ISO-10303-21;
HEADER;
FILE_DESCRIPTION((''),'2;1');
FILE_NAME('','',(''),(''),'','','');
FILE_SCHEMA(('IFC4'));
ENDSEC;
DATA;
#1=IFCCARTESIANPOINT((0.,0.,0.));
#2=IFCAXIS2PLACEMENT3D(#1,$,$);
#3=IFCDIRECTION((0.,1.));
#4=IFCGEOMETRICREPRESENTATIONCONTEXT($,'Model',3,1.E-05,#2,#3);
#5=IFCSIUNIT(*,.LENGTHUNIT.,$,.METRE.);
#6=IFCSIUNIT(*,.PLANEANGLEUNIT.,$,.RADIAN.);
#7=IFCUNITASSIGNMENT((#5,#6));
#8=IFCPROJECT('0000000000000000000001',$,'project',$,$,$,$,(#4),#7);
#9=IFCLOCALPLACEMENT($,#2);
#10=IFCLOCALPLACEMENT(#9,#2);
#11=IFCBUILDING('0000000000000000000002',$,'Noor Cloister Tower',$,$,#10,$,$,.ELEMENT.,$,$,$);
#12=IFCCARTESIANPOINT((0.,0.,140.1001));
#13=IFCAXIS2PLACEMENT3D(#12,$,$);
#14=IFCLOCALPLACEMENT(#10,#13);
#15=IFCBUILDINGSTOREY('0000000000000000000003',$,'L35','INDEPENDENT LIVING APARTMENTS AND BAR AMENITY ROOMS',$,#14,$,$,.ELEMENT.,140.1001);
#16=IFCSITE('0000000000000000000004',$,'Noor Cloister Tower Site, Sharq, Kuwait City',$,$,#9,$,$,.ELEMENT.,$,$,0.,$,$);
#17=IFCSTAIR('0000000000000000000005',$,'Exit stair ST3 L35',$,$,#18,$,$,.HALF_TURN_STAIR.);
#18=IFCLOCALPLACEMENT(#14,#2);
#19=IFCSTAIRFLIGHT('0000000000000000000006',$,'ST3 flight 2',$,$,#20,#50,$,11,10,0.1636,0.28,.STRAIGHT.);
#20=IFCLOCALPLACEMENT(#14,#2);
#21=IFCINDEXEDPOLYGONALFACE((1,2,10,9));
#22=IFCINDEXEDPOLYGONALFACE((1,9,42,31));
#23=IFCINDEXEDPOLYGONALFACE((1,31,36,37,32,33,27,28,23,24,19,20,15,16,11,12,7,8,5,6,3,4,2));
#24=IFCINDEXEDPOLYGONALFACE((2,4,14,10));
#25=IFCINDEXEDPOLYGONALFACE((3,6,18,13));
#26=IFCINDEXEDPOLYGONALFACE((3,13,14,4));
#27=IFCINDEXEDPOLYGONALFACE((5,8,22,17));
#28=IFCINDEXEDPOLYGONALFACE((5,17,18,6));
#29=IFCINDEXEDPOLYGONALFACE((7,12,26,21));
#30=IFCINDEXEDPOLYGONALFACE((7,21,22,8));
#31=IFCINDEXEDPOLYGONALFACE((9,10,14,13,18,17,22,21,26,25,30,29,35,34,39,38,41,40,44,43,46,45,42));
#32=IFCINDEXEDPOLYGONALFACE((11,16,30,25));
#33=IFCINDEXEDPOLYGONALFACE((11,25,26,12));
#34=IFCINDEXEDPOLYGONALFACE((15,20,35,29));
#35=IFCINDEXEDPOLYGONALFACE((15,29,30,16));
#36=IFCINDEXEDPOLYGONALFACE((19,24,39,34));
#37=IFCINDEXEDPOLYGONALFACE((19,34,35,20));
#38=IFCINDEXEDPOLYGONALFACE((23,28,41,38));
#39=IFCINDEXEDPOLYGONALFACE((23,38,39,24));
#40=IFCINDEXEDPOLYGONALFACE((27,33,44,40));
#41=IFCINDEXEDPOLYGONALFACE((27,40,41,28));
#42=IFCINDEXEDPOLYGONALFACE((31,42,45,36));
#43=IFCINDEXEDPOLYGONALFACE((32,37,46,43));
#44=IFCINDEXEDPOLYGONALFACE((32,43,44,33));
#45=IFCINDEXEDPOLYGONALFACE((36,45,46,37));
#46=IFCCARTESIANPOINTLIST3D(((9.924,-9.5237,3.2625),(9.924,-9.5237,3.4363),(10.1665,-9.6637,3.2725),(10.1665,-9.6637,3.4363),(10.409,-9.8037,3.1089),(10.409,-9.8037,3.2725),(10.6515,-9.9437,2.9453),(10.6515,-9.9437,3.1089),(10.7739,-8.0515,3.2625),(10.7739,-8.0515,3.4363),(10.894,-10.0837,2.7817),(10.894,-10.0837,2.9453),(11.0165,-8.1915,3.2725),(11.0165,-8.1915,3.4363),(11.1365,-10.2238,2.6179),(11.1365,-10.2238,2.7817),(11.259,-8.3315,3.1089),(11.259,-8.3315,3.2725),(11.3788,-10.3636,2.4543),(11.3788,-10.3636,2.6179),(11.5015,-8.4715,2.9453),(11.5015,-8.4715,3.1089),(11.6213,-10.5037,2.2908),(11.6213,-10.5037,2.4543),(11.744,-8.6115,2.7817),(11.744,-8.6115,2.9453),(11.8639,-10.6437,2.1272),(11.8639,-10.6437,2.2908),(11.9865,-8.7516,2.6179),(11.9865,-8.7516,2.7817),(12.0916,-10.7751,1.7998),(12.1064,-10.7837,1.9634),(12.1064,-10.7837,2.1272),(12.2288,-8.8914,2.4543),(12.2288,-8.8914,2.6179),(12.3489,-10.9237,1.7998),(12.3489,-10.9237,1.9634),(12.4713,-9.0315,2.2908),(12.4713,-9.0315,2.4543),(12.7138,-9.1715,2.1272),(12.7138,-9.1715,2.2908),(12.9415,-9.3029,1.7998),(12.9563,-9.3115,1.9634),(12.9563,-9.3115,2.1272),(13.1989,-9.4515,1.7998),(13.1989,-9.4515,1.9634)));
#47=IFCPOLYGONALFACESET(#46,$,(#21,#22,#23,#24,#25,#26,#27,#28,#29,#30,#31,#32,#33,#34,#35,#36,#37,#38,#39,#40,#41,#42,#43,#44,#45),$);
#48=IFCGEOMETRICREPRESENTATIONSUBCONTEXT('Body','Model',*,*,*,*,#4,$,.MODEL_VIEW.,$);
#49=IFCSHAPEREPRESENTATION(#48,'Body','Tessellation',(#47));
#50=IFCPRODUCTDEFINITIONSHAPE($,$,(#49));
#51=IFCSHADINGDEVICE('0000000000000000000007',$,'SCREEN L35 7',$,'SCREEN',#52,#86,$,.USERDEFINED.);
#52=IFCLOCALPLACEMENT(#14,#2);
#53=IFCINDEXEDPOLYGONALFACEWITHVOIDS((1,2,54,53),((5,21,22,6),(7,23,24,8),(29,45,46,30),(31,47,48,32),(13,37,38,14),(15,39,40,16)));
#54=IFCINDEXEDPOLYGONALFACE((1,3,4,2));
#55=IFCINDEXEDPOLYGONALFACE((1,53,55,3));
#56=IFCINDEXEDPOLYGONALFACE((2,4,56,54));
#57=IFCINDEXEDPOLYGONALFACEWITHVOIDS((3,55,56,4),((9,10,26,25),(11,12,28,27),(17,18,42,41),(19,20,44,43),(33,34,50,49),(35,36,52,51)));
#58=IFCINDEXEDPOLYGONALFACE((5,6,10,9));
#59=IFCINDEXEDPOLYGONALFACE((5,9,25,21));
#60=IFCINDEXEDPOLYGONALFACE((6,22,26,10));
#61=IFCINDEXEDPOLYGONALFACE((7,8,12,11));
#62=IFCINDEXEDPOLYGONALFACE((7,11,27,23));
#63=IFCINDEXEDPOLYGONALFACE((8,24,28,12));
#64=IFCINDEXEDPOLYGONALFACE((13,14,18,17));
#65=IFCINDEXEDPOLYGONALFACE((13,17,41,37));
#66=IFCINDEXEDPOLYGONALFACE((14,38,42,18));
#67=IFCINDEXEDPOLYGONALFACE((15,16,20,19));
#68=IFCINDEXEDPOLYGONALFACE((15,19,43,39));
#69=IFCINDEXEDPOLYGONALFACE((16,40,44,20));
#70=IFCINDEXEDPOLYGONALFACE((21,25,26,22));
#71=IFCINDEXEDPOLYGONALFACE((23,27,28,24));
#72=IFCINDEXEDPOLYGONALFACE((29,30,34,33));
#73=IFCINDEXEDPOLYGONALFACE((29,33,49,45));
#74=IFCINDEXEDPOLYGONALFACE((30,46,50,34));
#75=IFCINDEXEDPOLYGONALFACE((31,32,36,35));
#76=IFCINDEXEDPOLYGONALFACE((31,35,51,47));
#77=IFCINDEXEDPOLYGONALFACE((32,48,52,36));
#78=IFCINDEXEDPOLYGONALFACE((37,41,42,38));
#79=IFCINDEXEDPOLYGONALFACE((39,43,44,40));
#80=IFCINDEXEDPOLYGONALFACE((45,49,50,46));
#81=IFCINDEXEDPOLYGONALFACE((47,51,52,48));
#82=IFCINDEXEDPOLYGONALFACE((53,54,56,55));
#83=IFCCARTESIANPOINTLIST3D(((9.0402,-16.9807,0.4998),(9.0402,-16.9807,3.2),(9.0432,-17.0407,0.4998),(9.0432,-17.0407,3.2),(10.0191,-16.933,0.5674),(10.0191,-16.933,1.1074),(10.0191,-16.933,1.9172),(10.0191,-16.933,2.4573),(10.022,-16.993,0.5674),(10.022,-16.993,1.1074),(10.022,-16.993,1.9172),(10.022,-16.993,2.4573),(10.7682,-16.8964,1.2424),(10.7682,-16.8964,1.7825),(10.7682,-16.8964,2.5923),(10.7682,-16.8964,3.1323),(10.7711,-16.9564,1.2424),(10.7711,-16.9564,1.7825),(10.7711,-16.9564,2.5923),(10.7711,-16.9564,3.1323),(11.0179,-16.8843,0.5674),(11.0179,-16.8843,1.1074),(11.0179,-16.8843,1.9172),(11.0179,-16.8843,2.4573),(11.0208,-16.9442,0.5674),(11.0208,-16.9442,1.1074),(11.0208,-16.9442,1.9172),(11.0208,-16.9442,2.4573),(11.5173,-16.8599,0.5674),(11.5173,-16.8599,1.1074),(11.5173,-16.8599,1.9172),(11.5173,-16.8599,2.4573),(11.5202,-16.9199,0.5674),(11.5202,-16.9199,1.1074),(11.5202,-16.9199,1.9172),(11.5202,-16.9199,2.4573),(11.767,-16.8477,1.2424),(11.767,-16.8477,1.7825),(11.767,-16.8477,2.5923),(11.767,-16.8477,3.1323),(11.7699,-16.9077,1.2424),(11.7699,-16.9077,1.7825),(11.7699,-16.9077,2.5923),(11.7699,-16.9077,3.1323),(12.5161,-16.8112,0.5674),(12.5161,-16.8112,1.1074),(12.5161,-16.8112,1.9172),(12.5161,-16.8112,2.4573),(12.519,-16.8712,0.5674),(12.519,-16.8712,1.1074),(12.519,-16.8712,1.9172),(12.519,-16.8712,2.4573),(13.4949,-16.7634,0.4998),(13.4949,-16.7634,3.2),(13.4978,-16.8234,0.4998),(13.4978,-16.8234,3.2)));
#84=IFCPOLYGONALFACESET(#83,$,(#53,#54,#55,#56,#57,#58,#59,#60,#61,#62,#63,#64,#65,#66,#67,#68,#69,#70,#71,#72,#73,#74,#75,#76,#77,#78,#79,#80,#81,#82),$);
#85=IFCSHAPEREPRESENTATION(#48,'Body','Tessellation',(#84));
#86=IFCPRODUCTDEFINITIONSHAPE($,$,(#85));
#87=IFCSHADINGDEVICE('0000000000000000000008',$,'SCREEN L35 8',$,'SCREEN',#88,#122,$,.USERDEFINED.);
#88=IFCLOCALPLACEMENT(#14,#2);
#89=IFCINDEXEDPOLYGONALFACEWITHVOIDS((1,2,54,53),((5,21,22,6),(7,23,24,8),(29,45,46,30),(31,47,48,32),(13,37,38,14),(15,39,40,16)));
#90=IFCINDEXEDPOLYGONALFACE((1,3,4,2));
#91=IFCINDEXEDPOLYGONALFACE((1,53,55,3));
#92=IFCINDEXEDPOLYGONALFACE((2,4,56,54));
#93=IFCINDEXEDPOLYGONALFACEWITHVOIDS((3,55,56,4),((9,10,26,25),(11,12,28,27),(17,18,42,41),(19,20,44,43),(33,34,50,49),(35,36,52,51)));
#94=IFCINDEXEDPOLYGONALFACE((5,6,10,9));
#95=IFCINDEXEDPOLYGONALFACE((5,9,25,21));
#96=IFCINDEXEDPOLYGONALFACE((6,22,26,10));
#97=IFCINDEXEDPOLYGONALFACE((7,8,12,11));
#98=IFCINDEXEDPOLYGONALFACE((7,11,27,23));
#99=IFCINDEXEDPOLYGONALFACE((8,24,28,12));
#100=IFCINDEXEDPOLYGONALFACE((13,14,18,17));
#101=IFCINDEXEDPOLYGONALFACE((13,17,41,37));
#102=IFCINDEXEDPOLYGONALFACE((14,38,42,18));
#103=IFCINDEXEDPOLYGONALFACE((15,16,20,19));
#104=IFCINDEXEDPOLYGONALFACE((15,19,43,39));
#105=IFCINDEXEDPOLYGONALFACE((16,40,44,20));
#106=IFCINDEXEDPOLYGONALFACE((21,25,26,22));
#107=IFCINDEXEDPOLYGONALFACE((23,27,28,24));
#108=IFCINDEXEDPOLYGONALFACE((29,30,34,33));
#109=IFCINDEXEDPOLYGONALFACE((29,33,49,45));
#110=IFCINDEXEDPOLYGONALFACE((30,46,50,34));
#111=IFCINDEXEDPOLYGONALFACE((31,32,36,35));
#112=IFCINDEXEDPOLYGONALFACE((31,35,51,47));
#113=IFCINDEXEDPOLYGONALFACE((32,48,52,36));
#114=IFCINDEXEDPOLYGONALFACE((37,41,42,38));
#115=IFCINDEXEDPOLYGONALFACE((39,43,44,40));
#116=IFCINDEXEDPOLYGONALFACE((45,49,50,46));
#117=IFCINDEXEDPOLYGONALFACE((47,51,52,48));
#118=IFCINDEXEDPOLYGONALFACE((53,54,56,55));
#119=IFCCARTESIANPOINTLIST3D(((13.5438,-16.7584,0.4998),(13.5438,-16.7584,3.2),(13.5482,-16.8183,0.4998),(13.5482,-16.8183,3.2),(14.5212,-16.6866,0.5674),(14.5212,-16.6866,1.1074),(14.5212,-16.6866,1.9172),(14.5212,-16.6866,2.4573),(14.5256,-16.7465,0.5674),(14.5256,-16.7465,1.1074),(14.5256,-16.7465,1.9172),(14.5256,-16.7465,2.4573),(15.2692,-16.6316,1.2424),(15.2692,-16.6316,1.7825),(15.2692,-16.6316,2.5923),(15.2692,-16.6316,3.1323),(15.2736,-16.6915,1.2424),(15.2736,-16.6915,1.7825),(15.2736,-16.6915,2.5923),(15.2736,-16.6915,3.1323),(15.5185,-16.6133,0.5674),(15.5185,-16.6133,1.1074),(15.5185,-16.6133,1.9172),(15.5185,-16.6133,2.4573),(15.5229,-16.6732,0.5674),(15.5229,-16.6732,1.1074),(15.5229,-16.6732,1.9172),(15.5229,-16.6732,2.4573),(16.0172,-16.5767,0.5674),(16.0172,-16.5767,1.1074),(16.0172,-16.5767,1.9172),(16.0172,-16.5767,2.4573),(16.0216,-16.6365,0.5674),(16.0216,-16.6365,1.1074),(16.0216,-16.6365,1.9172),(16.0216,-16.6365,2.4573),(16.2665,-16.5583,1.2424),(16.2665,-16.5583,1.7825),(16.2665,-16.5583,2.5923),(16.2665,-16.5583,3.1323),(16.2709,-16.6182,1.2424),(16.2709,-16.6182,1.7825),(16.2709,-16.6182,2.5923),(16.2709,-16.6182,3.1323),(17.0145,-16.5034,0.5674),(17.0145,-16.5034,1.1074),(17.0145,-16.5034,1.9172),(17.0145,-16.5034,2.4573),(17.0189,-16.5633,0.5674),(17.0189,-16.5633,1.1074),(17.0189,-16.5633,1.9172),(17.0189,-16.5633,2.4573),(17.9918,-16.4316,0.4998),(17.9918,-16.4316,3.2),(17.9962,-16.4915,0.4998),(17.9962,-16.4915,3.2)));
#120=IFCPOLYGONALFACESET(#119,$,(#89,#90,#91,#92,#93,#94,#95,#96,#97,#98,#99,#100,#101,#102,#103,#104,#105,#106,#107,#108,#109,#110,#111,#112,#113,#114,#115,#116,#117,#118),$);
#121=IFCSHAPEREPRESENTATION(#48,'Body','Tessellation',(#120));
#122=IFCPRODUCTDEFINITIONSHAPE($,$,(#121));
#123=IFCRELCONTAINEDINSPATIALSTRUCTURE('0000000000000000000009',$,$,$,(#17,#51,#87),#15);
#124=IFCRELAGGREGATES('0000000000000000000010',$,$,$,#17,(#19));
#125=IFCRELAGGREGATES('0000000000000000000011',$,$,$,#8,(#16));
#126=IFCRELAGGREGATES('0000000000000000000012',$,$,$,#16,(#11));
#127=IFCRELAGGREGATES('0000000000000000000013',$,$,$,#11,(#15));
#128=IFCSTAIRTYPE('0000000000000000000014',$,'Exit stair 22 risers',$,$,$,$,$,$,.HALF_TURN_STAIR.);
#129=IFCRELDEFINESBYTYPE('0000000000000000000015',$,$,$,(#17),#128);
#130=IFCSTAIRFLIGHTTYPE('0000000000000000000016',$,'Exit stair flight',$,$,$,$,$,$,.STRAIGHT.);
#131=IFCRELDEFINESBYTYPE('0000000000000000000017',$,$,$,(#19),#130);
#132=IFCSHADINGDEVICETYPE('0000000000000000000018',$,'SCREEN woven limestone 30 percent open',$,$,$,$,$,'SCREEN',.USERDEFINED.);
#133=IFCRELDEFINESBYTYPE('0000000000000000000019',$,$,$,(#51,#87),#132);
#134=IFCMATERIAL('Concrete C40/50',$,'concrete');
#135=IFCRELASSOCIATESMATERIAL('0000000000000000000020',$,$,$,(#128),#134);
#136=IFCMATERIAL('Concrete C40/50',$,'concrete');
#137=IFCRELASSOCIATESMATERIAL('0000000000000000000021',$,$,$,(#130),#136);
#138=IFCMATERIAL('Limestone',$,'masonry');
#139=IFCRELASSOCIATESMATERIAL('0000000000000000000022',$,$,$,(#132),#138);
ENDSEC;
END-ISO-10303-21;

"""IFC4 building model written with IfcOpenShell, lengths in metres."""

from ifc_helpers import new_model, si_unit, direction, frame, origin, place, context, subcontext, project, spatial, polyline, outline, extrude, material, material_profile, profile_set, type_object, element, aggregate, save


model = new_model("IFC4")

# Units and contexts
model_context = context("Model", 3, precision=1e-05, world=origin(), true_north=direction((0.0, 1.0)))
body_context = subcontext(model_context, "Body", "Model", "MODEL_VIEW")
ifc_project = project(units=[si_unit("LENGTHUNIT", "METRE"), si_unit("PLANEANGLEUNIT", "RADIAN")], contexts=[model_context])

# Site, building, storey
site_placement = place(None, origin())
site = spatial("IfcSite", under=ifc_project, at=site_placement, Name="Noor Cloister Tower Site, Sharq, Kuwait City", CompositionType="ELEMENT", RefElevation=0.0)
building_placement = place(site_placement, origin())
building = spatial("IfcBuilding", under=site, at=building_placement, Name="Noor Cloister Tower", CompositionType="ELEMENT")
storey_placement = place(building_placement, frame((0.0, 0.0, 140.1001)))
storey = spatial("IfcBuildingStorey", under=building, at=storey_placement, Name="L35", Description="INDEPENDENT LIVING APARTMENTS AND BAR AMENITY ROOMS", CompositionType="ELEMENT", Elevation=140.1001)

# Stair, stair flight
ifc_material_1 = material(Name="Concrete C40/50", Category="concrete")
stair_type = type_object("IfcStairType", Name="Exit stair 22 risers", PredefinedType="HALF_TURN_STAIR", material=ifc_material_1)
stair_placement = place(storey_placement, origin())
stair = element("IfcStair", 1, at=stair_placement, inside=storey, type_object=stair_type, Name="Exit stair ST3 L35", PredefinedType="HALF_TURN_STAIR")
ifc_material_2 = material(Name="Concrete C40/50", Category="concrete")
stair_flight_type = type_object("IfcStairFlightType", Name="Exit stair flight", PredefinedType="STRAIGHT", material=ifc_material_2)
stair_flight_1_placement = place(storey_placement, frame((12.7739, -10.1875, 1.7998), z_axis=(0.0, 0.0, 1.0), x_axis=(-0.866025, 0.5, 0.0)))
stair_flight_1 = element("IfcStairFlight", 2, at=stair_flight_1_placement, type_object=stair_flight_type, Name="ST3 flight 2", NumberOfRisers=11, NumberOfTreads=10, PredefinedType="STRAIGHT", RiserHeight=0.1636, TreadLength=0.28, context=body_context, shape_type="SweptSolid", body=[
    extrude(outline(polyline([(0.0, 0.0), (0.0, 0.1636), (0.28, 0.1636), (0.28, 0.3274), (0.5601, 0.3274), (0.5601, 0.491), (0.8401, 0.491), (0.8401, 0.6545), (1.1201, 0.6545), (1.1201, 0.8181), (1.3999, 0.8181), (1.3999, 0.9819), (1.6799, 0.9819), (1.6799, 1.1455), (1.96, 1.1455), (1.96, 1.3091), (2.24, 1.3091), (2.24, 1.4727), (2.52, 1.4727), (2.52, 1.6365), (2.8, 1.6365), (2.8, 1.8), (2.8, 1.4626), (0.2971, 0.0), (0.0, 0.0)])), frame((0.0, 0.8501, 0.0), z_axis=(0.0, -1.0, 0.0), x_axis=(1.0, 0.0, 0.0)), (0.0, 0.0, 1.0), 1.7),
])
aggregate(stair, [stair_flight_1])

# Shading devices
ifc_material_3 = material(Name="Limestone", Category="masonry")
ifc_material_profile_1 = material_profile(ifc_material_3, outline(polyline([(-2.23, -1.3501), (2.23, -1.3501), (2.23, 1.3501), (-2.23, 1.3501), (-2.23, -1.3501)]), holes=[polyline([(-1.25, -1.2825), (-0.25, -1.2825), (-0.25, -0.7424), (-1.25, -0.7424), (-1.25, -1.2825)]), polyline([(0.25, -1.2825), (1.25, -1.2825), (1.25, -0.7424), (0.25, -0.7424), (0.25, -1.2825)]), polyline([(-0.5, -0.6074), (0.5, -0.6074), (0.5, -0.0674), (-0.5, -0.0674), (-0.5, -0.6074)]), polyline([(-1.25, 0.0674), (-0.25, 0.0674), (-0.25, 0.6074), (-1.25, 0.6074), (-1.25, 0.0674)]), polyline([(0.25, 0.0674), (1.25, 0.0674), (1.25, 0.6074), (0.25, 0.6074), (0.25, 0.0674)]), polyline([(-0.5, 0.7424), (0.5, 0.7424), (0.5, 1.2825), (-0.5, 1.2825), (-0.5, 0.7424)])]), Name="Woven screen 30 percent open")
ifc_profile_set_1 = profile_set([ifc_material_profile_1], Name="Limestone")
shading_device_type = type_object("IfcShadingDeviceType", Name="SCREEN woven limestone 30 percent open", ElementType="SCREEN", PredefinedType="USERDEFINED", material=ifc_profile_set_1)
for number, where, z_axis, x_axis, name in (
    (3, (11.2676, -16.8721, 1.8499), (0.048723, -0.998812, 0.0), (0.998812, 0.048723, 0.0), "SCREEN L35 7"),
    (4, (15.7678, -16.595, 1.8499), (0.073272, -0.997312, 0.0), (0.997312, 0.073272, 0.0), "SCREEN L35 8"),
):
    element("IfcShadingDevice", number, at=place(storey_placement, frame(where, z_axis=z_axis, x_axis=x_axis)), inside=storey, type_object=shading_device_type, Name=name, ObjectType="SCREEN", PredefinedType="USERDEFINED", context=body_context, shape_type="SweptSolid", body=[
        extrude(outline(polyline([(-2.23, -1.3501), (2.23, -1.3501), (2.23, 1.3501), (-2.23, 1.3501), (-2.23, -1.3501)]), holes=[polyline([(-1.25, -1.2825), (-0.25, -1.2825), (-0.25, -0.7424), (-1.25, -0.7424), (-1.25, -1.2825)]), polyline([(0.25, -1.2825), (1.25, -1.2825), (1.25, -0.7424), (0.25, -0.7424), (0.25, -1.2825)]), polyline([(-0.5, -0.6074), (0.5, -0.6074), (0.5, -0.0674), (-0.5, -0.0674), (-0.5, -0.6074)]), polyline([(-1.25, 0.0674), (-0.25, 0.0674), (-0.25, 0.6074), (-1.25, 0.6074), (-1.25, 0.0674)]), polyline([(0.25, 0.0674), (1.25, 0.0674), (1.25, 0.6074), (0.25, 0.6074), (0.25, 0.0674)]), polyline([(-0.5, 0.7424), (0.5, 0.7424), (0.5, 1.2825), (-0.5, 1.2825), (-0.5, 0.7424)])]), origin(), (0.0, 0.0, 1.0), 0.0601),
    ])

save(model, "model.ifc")
